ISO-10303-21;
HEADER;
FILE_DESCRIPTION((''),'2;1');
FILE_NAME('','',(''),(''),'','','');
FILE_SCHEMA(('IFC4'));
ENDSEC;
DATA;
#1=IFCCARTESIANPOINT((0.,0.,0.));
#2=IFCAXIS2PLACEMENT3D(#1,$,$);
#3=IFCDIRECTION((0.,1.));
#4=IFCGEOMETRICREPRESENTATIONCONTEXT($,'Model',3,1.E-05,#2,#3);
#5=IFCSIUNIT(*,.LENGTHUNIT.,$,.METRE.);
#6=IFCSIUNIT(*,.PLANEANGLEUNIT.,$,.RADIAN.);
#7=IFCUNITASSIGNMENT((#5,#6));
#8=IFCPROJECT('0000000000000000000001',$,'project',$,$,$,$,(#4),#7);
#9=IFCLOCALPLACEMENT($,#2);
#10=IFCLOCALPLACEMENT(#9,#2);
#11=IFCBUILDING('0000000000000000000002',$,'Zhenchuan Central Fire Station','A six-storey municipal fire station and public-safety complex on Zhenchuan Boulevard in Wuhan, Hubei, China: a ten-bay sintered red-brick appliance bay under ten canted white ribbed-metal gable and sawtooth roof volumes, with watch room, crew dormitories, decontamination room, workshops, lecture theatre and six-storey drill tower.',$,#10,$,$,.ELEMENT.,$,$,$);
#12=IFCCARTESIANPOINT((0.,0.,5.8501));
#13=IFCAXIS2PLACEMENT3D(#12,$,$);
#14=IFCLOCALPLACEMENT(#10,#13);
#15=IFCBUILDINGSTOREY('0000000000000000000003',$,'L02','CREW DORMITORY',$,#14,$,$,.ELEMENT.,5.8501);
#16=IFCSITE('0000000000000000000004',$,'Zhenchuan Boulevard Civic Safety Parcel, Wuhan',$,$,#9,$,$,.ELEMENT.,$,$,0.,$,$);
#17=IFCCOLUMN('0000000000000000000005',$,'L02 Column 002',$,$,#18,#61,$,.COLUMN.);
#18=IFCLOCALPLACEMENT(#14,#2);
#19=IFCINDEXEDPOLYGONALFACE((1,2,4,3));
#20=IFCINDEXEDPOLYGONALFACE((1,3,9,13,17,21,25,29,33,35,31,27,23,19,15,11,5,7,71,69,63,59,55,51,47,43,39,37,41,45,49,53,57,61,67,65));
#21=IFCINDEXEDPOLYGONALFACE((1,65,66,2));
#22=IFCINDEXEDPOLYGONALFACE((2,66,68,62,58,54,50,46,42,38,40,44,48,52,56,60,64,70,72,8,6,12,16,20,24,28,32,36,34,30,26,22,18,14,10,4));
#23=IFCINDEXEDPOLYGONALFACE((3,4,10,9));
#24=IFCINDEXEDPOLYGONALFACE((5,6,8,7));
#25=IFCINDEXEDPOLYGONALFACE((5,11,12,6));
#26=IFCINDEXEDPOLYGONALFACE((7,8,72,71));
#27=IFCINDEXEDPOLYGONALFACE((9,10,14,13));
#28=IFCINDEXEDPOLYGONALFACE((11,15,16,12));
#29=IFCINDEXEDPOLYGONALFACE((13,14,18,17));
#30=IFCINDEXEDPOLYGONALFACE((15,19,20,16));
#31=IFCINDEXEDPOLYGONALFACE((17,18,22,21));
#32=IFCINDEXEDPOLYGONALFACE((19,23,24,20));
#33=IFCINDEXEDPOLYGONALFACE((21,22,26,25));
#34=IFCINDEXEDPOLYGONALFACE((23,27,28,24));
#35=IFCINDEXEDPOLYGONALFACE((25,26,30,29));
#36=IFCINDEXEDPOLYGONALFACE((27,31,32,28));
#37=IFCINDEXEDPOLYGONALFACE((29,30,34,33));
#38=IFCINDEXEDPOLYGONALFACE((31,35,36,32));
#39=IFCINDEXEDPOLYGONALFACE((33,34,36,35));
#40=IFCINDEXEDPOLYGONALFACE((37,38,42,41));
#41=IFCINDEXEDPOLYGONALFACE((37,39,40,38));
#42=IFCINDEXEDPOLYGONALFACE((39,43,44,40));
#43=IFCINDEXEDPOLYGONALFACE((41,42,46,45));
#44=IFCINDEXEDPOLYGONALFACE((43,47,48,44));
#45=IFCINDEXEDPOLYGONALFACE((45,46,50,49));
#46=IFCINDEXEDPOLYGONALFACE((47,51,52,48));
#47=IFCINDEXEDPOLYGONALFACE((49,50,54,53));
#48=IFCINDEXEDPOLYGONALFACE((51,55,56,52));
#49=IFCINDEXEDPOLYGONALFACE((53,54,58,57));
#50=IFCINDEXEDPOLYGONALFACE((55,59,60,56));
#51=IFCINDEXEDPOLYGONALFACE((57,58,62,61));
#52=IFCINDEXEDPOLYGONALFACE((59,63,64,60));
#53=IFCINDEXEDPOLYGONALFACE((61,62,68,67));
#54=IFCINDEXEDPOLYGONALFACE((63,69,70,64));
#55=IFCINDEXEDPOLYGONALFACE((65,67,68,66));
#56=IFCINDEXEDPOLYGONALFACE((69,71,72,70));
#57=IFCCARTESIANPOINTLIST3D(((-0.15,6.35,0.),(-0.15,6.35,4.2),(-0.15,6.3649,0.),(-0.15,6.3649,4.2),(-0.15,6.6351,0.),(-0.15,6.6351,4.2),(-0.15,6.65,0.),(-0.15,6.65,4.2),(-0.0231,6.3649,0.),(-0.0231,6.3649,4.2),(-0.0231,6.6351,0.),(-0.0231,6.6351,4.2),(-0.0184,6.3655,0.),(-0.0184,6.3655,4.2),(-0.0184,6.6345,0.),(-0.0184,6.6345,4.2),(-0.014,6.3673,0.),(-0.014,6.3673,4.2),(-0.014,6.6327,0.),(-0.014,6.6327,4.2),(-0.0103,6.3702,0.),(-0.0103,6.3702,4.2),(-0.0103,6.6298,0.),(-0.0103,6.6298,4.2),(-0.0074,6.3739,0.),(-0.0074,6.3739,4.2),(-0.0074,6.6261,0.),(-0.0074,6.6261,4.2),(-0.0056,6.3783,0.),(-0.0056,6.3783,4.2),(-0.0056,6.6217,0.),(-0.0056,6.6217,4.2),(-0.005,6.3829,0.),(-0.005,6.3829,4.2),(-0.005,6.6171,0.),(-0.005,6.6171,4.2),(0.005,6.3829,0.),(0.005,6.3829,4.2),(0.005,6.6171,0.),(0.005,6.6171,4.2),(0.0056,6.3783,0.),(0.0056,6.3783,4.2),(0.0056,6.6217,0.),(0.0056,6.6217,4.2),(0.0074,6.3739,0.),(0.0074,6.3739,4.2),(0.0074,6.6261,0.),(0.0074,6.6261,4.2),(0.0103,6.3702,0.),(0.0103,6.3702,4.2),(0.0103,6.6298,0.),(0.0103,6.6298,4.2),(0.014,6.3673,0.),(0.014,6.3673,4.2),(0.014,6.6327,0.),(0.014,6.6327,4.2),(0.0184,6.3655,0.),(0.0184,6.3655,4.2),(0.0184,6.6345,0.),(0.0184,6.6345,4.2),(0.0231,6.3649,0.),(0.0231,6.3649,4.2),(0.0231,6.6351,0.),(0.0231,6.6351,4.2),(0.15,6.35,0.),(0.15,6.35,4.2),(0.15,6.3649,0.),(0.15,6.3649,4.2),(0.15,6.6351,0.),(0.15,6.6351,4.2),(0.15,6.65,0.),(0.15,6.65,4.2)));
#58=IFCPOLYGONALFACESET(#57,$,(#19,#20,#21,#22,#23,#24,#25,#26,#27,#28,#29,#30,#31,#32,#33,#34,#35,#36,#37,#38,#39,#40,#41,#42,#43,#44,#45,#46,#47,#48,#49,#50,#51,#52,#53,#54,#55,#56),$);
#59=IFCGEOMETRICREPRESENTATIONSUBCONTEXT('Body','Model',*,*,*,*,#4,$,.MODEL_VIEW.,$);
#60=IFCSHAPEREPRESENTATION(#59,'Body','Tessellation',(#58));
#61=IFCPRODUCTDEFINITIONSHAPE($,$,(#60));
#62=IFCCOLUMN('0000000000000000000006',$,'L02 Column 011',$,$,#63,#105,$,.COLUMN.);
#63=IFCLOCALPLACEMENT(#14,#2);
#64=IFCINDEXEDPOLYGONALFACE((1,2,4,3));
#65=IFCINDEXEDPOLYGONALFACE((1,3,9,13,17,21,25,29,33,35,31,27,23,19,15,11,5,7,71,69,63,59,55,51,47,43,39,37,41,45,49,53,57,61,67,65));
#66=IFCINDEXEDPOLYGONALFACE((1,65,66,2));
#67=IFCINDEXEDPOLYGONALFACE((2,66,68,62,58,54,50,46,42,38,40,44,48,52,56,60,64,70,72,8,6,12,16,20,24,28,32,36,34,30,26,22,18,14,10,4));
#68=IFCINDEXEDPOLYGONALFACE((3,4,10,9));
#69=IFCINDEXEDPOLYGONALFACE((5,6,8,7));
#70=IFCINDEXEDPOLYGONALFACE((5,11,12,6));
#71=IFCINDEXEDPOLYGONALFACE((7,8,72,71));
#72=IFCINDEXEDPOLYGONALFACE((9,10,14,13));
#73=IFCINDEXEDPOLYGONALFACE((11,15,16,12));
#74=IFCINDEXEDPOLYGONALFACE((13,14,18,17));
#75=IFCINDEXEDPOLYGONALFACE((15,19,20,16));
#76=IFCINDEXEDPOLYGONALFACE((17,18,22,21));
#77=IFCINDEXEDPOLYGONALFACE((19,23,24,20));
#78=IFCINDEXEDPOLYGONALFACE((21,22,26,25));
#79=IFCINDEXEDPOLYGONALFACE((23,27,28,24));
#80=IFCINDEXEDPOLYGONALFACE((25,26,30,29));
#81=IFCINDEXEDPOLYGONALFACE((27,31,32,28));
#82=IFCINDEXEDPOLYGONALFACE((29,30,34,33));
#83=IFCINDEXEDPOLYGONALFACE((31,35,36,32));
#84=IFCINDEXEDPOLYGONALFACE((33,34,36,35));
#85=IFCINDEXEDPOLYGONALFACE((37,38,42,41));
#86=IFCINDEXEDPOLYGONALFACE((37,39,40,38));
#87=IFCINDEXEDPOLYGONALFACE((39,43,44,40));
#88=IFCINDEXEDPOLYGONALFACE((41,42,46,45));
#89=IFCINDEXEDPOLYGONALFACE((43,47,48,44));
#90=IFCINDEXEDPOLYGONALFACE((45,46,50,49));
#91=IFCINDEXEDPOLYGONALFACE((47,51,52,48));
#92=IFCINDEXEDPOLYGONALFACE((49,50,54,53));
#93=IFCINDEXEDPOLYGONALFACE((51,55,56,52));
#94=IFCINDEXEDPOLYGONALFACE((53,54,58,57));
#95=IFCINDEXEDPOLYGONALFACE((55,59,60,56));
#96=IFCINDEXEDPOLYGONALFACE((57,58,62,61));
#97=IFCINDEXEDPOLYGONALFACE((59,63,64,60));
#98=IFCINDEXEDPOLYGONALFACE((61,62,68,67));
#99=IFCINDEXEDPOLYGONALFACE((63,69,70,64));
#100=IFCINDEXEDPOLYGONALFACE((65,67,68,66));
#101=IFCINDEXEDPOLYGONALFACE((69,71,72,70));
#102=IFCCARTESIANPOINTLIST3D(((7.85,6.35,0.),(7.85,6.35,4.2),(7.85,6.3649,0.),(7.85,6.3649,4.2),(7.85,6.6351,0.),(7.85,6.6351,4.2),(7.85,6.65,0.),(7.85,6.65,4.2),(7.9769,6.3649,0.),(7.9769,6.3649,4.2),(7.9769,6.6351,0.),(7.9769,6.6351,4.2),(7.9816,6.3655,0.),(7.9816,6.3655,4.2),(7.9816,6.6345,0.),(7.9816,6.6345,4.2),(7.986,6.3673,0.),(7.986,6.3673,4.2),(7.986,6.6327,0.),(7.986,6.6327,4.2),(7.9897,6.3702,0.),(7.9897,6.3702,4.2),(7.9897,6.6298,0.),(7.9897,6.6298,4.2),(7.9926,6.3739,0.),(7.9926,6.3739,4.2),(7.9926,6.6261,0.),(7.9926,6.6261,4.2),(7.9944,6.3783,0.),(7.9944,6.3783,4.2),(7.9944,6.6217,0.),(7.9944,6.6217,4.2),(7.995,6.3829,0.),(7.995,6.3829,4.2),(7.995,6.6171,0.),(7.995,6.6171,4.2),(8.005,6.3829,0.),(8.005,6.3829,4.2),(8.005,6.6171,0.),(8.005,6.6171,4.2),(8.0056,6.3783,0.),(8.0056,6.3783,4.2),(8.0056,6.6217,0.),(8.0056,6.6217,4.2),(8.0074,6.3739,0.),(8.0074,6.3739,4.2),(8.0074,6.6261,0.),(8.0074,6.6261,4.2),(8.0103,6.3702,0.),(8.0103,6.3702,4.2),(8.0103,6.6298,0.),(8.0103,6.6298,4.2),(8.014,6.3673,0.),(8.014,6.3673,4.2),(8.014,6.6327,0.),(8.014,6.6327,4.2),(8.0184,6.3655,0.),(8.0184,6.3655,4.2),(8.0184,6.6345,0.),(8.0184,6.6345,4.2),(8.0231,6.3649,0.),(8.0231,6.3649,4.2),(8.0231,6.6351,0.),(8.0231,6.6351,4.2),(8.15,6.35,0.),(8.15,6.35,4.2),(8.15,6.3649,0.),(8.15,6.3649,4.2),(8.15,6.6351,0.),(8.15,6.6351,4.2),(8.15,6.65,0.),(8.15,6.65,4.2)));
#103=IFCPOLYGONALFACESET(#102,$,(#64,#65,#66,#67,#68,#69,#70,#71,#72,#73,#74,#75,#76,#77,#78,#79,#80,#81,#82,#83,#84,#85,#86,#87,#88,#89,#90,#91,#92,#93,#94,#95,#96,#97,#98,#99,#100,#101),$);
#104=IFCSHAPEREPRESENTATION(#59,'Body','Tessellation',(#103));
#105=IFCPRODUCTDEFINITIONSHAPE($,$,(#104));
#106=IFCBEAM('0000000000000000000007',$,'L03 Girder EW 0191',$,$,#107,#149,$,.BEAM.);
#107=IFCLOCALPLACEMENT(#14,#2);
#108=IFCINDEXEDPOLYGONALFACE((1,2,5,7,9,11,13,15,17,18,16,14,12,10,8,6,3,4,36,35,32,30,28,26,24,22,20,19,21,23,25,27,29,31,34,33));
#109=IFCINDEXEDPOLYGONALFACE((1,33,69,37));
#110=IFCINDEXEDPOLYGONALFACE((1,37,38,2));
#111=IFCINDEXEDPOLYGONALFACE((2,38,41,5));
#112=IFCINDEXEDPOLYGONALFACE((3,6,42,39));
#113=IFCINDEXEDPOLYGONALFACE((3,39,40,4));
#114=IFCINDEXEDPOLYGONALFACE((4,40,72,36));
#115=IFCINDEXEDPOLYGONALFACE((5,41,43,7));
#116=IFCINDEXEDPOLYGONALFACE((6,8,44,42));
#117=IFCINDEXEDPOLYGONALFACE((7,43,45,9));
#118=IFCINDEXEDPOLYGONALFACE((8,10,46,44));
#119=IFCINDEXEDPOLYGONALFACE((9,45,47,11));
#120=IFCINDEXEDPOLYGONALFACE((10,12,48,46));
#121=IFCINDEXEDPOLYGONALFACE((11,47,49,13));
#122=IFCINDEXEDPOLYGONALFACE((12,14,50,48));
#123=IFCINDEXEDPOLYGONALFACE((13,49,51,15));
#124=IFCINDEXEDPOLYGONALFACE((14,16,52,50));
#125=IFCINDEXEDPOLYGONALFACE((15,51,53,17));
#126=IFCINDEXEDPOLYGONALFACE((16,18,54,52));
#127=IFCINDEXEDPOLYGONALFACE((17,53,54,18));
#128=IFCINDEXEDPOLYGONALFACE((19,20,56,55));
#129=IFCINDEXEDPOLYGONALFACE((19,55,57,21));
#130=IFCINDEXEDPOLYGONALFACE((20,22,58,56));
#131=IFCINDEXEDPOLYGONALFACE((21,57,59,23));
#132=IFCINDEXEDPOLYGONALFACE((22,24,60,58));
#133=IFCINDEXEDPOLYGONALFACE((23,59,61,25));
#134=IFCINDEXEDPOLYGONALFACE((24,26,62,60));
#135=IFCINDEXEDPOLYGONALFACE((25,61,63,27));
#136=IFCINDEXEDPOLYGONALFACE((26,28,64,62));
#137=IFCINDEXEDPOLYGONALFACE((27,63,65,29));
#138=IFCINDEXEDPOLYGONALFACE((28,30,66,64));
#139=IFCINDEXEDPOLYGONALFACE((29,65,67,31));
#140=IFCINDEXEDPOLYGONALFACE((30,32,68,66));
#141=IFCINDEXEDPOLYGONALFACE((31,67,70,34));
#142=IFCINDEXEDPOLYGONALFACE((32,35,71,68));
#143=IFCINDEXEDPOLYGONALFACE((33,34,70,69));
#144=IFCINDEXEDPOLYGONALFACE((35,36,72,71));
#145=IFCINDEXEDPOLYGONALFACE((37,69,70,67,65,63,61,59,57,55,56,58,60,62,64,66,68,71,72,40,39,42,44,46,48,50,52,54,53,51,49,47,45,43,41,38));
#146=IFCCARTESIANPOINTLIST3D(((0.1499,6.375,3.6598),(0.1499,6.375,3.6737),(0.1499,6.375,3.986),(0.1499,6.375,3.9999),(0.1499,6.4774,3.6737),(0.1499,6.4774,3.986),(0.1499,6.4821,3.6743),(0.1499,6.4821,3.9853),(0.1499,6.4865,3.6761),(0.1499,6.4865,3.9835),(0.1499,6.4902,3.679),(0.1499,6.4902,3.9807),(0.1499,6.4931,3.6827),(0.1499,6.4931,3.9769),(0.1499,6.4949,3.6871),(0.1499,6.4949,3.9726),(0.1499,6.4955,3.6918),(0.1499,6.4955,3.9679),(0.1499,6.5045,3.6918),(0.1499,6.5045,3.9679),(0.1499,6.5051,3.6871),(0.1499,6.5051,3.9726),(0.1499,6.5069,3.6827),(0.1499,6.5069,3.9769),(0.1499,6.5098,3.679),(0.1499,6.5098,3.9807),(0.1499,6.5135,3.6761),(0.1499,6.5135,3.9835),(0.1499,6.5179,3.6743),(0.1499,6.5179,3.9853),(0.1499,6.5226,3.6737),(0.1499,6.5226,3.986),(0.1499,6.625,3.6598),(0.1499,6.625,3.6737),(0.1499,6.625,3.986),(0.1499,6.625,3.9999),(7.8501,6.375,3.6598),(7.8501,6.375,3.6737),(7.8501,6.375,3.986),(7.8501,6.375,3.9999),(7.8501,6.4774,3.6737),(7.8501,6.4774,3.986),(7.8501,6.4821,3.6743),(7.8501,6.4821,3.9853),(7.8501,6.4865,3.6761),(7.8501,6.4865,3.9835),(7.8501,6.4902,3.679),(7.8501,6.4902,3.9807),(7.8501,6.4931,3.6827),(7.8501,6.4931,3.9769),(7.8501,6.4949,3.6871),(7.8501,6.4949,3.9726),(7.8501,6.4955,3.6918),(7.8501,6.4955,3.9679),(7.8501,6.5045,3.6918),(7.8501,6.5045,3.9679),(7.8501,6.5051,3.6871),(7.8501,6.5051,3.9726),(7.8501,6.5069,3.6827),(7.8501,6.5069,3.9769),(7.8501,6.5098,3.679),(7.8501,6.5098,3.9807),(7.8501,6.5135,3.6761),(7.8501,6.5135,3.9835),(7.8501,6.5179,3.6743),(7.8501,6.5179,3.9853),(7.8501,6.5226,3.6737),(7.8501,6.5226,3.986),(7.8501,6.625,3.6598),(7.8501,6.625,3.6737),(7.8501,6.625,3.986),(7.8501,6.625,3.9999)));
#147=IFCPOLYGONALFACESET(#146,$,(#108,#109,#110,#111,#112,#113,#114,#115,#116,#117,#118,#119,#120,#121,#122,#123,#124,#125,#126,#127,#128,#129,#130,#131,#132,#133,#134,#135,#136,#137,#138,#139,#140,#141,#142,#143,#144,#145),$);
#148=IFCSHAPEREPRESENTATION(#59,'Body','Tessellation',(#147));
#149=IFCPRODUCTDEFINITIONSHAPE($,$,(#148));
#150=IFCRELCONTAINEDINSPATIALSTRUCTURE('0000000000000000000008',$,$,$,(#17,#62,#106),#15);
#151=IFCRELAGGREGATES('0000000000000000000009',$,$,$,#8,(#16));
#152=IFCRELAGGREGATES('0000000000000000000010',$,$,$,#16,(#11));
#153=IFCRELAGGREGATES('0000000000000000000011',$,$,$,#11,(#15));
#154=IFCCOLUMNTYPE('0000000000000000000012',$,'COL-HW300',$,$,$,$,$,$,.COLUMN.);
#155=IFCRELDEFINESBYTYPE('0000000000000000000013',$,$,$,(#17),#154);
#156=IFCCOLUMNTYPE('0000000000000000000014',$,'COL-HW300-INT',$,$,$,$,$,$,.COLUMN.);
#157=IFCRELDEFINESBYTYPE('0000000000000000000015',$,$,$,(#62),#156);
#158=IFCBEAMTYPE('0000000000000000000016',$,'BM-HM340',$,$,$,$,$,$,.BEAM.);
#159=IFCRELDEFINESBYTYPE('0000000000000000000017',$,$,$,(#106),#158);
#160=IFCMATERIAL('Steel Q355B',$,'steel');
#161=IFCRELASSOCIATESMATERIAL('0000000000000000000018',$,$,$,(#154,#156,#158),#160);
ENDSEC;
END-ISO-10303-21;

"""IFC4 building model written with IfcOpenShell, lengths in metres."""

from ifc_helpers import new_model, si_unit, direction, frame, origin, origin_2d, place, context, subcontext, project, spatial, i_section, extrude, material, material_profile, profile_set, type_object, element, save


model = new_model("IFC4")

# Units and contexts
model_context = context("Model", 3, precision=1e-05, world=origin(), true_north=direction((0.0, 1.0)))
body_context = subcontext(model_context, "Body", "Model", "MODEL_VIEW")
ifc_project = project(units=[si_unit("LENGTHUNIT", "METRE"), si_unit("PLANEANGLEUNIT", "RADIAN")], contexts=[model_context])

# Site, building, storey
site_placement = place(None, origin())
site = spatial("IfcSite", under=ifc_project, at=site_placement, Name="Zhenchuan Boulevard Civic Safety Parcel, Wuhan", CompositionType="ELEMENT", RefElevation=0.0)
building_placement = place(site_placement, origin())
building = spatial("IfcBuilding", under=site, at=building_placement, Name="Zhenchuan Central Fire Station", Description="A six-storey municipal fire station and public-safety complex on Zhenchuan Boulevard in Wuhan, Hubei, China: a ten-bay sintered red-brick appliance bay under ten canted white ribbed-metal gable and sawtooth roof volumes, with watch room, crew dormitories, decontamination room, workshops, lecture theatre and six-storey drill tower.", CompositionType="ELEMENT")
storey_placement = place(building_placement, frame((0.0, 0.0, 5.8501)))
storey = spatial("IfcBuildingStorey", under=building, at=storey_placement, Name="L02", Description="CREW DORMITORY", CompositionType="ELEMENT", Elevation=5.8501)

# Columns
ifc_material_1 = material(Name="Steel Q355B", Category="steel")
ifc_material_profile_1 = material_profile(ifc_material_1, i_section(OverallWidth=0.3, OverallDepth=0.3, WebThickness=0.01, FlangeThickness=0.0149, FilletRadius=0.0181, at=origin_2d()), Name="HW 300x300")
ifc_profile_set_1 = profile_set([ifc_material_profile_1], Name="Steel Q355B")
column_type_1 = type_object("IfcColumnType", Name="COL-HW300", PredefinedType="COLUMN", material=ifc_profile_set_1)
column_1_placement = place(storey_placement, frame((0.0, 6.5, 0.0), z_axis=(0.0, 0.0, 1.0), x_axis=(1.0, 0.0, 0.0)))
element("IfcColumn", 1, at=column_1_placement, inside=storey, type_object=column_type_1, Name="L02 Column 002", PredefinedType="COLUMN", context=body_context, shape_type="SweptSolid", body=[
    extrude(i_section(OverallWidth=0.3, OverallDepth=0.3, WebThickness=0.01, FlangeThickness=0.0149, FilletRadius=0.0181, at=origin_2d()), origin(), (0.0, 0.0, 1.0), 4.2),
])
ifc_material_profile_2 = material_profile(ifc_material_1, i_section(OverallWidth=0.3, OverallDepth=0.3, WebThickness=0.01, FlangeThickness=0.0149, FilletRadius=0.0181, at=origin_2d()), Name="HW 300x300")
ifc_profile_set_2 = profile_set([ifc_material_profile_2], Name="Steel Q355B")
column_type_2 = type_object("IfcColumnType", Name="COL-HW300-INT", PredefinedType="COLUMN", material=ifc_profile_set_2)
column_2_placement = place(storey_placement, frame((8.0, 6.5, 0.0), z_axis=(0.0, 0.0, 1.0), x_axis=(1.0, 0.0, 0.0)))
element("IfcColumn", 2, at=column_2_placement, inside=storey, type_object=column_type_2, Name="L02 Column 011", PredefinedType="COLUMN", context=body_context, shape_type="SweptSolid", body=[
    extrude(i_section(OverallWidth=0.3, OverallDepth=0.3, WebThickness=0.01, FlangeThickness=0.0149, FilletRadius=0.0181, at=origin_2d()), origin(), (0.0, 0.0, 1.0), 4.2),
])

# Beam
ifc_material_profile_3 = material_profile(ifc_material_1, i_section(OverallWidth=0.25, OverallDepth=0.3401, WebThickness=0.009, FlangeThickness=0.0139, FilletRadius=0.0181, at=origin_2d()), Name="HM 340x250")
ifc_profile_set_3 = profile_set([ifc_material_profile_3], Name="Steel Q355B")
beam_type_1 = type_object("IfcBeamType", Name="BM-HM340", PredefinedType="BEAM", material=ifc_profile_set_3)
beam_1_placement = place(storey_placement, frame((0.1499, 6.5, 3.8298), z_axis=(1.0, 0.0, 0.0), x_axis=(0.0, 1.0, 0.0)))
element("IfcBeam", 3, at=beam_1_placement, inside=storey, type_object=beam_type_1, Name="L03 Girder EW 0191", PredefinedType="BEAM", context=body_context, shape_type="SweptSolid", body=[
    extrude(i_section(OverallWidth=0.25, OverallDepth=0.3401, WebThickness=0.009, FlangeThickness=0.0139, FilletRadius=0.0181, at=origin_2d()), origin(), (0.0, 0.0, 1.0), 7.7002),
])

save(model, "model.ifc")
